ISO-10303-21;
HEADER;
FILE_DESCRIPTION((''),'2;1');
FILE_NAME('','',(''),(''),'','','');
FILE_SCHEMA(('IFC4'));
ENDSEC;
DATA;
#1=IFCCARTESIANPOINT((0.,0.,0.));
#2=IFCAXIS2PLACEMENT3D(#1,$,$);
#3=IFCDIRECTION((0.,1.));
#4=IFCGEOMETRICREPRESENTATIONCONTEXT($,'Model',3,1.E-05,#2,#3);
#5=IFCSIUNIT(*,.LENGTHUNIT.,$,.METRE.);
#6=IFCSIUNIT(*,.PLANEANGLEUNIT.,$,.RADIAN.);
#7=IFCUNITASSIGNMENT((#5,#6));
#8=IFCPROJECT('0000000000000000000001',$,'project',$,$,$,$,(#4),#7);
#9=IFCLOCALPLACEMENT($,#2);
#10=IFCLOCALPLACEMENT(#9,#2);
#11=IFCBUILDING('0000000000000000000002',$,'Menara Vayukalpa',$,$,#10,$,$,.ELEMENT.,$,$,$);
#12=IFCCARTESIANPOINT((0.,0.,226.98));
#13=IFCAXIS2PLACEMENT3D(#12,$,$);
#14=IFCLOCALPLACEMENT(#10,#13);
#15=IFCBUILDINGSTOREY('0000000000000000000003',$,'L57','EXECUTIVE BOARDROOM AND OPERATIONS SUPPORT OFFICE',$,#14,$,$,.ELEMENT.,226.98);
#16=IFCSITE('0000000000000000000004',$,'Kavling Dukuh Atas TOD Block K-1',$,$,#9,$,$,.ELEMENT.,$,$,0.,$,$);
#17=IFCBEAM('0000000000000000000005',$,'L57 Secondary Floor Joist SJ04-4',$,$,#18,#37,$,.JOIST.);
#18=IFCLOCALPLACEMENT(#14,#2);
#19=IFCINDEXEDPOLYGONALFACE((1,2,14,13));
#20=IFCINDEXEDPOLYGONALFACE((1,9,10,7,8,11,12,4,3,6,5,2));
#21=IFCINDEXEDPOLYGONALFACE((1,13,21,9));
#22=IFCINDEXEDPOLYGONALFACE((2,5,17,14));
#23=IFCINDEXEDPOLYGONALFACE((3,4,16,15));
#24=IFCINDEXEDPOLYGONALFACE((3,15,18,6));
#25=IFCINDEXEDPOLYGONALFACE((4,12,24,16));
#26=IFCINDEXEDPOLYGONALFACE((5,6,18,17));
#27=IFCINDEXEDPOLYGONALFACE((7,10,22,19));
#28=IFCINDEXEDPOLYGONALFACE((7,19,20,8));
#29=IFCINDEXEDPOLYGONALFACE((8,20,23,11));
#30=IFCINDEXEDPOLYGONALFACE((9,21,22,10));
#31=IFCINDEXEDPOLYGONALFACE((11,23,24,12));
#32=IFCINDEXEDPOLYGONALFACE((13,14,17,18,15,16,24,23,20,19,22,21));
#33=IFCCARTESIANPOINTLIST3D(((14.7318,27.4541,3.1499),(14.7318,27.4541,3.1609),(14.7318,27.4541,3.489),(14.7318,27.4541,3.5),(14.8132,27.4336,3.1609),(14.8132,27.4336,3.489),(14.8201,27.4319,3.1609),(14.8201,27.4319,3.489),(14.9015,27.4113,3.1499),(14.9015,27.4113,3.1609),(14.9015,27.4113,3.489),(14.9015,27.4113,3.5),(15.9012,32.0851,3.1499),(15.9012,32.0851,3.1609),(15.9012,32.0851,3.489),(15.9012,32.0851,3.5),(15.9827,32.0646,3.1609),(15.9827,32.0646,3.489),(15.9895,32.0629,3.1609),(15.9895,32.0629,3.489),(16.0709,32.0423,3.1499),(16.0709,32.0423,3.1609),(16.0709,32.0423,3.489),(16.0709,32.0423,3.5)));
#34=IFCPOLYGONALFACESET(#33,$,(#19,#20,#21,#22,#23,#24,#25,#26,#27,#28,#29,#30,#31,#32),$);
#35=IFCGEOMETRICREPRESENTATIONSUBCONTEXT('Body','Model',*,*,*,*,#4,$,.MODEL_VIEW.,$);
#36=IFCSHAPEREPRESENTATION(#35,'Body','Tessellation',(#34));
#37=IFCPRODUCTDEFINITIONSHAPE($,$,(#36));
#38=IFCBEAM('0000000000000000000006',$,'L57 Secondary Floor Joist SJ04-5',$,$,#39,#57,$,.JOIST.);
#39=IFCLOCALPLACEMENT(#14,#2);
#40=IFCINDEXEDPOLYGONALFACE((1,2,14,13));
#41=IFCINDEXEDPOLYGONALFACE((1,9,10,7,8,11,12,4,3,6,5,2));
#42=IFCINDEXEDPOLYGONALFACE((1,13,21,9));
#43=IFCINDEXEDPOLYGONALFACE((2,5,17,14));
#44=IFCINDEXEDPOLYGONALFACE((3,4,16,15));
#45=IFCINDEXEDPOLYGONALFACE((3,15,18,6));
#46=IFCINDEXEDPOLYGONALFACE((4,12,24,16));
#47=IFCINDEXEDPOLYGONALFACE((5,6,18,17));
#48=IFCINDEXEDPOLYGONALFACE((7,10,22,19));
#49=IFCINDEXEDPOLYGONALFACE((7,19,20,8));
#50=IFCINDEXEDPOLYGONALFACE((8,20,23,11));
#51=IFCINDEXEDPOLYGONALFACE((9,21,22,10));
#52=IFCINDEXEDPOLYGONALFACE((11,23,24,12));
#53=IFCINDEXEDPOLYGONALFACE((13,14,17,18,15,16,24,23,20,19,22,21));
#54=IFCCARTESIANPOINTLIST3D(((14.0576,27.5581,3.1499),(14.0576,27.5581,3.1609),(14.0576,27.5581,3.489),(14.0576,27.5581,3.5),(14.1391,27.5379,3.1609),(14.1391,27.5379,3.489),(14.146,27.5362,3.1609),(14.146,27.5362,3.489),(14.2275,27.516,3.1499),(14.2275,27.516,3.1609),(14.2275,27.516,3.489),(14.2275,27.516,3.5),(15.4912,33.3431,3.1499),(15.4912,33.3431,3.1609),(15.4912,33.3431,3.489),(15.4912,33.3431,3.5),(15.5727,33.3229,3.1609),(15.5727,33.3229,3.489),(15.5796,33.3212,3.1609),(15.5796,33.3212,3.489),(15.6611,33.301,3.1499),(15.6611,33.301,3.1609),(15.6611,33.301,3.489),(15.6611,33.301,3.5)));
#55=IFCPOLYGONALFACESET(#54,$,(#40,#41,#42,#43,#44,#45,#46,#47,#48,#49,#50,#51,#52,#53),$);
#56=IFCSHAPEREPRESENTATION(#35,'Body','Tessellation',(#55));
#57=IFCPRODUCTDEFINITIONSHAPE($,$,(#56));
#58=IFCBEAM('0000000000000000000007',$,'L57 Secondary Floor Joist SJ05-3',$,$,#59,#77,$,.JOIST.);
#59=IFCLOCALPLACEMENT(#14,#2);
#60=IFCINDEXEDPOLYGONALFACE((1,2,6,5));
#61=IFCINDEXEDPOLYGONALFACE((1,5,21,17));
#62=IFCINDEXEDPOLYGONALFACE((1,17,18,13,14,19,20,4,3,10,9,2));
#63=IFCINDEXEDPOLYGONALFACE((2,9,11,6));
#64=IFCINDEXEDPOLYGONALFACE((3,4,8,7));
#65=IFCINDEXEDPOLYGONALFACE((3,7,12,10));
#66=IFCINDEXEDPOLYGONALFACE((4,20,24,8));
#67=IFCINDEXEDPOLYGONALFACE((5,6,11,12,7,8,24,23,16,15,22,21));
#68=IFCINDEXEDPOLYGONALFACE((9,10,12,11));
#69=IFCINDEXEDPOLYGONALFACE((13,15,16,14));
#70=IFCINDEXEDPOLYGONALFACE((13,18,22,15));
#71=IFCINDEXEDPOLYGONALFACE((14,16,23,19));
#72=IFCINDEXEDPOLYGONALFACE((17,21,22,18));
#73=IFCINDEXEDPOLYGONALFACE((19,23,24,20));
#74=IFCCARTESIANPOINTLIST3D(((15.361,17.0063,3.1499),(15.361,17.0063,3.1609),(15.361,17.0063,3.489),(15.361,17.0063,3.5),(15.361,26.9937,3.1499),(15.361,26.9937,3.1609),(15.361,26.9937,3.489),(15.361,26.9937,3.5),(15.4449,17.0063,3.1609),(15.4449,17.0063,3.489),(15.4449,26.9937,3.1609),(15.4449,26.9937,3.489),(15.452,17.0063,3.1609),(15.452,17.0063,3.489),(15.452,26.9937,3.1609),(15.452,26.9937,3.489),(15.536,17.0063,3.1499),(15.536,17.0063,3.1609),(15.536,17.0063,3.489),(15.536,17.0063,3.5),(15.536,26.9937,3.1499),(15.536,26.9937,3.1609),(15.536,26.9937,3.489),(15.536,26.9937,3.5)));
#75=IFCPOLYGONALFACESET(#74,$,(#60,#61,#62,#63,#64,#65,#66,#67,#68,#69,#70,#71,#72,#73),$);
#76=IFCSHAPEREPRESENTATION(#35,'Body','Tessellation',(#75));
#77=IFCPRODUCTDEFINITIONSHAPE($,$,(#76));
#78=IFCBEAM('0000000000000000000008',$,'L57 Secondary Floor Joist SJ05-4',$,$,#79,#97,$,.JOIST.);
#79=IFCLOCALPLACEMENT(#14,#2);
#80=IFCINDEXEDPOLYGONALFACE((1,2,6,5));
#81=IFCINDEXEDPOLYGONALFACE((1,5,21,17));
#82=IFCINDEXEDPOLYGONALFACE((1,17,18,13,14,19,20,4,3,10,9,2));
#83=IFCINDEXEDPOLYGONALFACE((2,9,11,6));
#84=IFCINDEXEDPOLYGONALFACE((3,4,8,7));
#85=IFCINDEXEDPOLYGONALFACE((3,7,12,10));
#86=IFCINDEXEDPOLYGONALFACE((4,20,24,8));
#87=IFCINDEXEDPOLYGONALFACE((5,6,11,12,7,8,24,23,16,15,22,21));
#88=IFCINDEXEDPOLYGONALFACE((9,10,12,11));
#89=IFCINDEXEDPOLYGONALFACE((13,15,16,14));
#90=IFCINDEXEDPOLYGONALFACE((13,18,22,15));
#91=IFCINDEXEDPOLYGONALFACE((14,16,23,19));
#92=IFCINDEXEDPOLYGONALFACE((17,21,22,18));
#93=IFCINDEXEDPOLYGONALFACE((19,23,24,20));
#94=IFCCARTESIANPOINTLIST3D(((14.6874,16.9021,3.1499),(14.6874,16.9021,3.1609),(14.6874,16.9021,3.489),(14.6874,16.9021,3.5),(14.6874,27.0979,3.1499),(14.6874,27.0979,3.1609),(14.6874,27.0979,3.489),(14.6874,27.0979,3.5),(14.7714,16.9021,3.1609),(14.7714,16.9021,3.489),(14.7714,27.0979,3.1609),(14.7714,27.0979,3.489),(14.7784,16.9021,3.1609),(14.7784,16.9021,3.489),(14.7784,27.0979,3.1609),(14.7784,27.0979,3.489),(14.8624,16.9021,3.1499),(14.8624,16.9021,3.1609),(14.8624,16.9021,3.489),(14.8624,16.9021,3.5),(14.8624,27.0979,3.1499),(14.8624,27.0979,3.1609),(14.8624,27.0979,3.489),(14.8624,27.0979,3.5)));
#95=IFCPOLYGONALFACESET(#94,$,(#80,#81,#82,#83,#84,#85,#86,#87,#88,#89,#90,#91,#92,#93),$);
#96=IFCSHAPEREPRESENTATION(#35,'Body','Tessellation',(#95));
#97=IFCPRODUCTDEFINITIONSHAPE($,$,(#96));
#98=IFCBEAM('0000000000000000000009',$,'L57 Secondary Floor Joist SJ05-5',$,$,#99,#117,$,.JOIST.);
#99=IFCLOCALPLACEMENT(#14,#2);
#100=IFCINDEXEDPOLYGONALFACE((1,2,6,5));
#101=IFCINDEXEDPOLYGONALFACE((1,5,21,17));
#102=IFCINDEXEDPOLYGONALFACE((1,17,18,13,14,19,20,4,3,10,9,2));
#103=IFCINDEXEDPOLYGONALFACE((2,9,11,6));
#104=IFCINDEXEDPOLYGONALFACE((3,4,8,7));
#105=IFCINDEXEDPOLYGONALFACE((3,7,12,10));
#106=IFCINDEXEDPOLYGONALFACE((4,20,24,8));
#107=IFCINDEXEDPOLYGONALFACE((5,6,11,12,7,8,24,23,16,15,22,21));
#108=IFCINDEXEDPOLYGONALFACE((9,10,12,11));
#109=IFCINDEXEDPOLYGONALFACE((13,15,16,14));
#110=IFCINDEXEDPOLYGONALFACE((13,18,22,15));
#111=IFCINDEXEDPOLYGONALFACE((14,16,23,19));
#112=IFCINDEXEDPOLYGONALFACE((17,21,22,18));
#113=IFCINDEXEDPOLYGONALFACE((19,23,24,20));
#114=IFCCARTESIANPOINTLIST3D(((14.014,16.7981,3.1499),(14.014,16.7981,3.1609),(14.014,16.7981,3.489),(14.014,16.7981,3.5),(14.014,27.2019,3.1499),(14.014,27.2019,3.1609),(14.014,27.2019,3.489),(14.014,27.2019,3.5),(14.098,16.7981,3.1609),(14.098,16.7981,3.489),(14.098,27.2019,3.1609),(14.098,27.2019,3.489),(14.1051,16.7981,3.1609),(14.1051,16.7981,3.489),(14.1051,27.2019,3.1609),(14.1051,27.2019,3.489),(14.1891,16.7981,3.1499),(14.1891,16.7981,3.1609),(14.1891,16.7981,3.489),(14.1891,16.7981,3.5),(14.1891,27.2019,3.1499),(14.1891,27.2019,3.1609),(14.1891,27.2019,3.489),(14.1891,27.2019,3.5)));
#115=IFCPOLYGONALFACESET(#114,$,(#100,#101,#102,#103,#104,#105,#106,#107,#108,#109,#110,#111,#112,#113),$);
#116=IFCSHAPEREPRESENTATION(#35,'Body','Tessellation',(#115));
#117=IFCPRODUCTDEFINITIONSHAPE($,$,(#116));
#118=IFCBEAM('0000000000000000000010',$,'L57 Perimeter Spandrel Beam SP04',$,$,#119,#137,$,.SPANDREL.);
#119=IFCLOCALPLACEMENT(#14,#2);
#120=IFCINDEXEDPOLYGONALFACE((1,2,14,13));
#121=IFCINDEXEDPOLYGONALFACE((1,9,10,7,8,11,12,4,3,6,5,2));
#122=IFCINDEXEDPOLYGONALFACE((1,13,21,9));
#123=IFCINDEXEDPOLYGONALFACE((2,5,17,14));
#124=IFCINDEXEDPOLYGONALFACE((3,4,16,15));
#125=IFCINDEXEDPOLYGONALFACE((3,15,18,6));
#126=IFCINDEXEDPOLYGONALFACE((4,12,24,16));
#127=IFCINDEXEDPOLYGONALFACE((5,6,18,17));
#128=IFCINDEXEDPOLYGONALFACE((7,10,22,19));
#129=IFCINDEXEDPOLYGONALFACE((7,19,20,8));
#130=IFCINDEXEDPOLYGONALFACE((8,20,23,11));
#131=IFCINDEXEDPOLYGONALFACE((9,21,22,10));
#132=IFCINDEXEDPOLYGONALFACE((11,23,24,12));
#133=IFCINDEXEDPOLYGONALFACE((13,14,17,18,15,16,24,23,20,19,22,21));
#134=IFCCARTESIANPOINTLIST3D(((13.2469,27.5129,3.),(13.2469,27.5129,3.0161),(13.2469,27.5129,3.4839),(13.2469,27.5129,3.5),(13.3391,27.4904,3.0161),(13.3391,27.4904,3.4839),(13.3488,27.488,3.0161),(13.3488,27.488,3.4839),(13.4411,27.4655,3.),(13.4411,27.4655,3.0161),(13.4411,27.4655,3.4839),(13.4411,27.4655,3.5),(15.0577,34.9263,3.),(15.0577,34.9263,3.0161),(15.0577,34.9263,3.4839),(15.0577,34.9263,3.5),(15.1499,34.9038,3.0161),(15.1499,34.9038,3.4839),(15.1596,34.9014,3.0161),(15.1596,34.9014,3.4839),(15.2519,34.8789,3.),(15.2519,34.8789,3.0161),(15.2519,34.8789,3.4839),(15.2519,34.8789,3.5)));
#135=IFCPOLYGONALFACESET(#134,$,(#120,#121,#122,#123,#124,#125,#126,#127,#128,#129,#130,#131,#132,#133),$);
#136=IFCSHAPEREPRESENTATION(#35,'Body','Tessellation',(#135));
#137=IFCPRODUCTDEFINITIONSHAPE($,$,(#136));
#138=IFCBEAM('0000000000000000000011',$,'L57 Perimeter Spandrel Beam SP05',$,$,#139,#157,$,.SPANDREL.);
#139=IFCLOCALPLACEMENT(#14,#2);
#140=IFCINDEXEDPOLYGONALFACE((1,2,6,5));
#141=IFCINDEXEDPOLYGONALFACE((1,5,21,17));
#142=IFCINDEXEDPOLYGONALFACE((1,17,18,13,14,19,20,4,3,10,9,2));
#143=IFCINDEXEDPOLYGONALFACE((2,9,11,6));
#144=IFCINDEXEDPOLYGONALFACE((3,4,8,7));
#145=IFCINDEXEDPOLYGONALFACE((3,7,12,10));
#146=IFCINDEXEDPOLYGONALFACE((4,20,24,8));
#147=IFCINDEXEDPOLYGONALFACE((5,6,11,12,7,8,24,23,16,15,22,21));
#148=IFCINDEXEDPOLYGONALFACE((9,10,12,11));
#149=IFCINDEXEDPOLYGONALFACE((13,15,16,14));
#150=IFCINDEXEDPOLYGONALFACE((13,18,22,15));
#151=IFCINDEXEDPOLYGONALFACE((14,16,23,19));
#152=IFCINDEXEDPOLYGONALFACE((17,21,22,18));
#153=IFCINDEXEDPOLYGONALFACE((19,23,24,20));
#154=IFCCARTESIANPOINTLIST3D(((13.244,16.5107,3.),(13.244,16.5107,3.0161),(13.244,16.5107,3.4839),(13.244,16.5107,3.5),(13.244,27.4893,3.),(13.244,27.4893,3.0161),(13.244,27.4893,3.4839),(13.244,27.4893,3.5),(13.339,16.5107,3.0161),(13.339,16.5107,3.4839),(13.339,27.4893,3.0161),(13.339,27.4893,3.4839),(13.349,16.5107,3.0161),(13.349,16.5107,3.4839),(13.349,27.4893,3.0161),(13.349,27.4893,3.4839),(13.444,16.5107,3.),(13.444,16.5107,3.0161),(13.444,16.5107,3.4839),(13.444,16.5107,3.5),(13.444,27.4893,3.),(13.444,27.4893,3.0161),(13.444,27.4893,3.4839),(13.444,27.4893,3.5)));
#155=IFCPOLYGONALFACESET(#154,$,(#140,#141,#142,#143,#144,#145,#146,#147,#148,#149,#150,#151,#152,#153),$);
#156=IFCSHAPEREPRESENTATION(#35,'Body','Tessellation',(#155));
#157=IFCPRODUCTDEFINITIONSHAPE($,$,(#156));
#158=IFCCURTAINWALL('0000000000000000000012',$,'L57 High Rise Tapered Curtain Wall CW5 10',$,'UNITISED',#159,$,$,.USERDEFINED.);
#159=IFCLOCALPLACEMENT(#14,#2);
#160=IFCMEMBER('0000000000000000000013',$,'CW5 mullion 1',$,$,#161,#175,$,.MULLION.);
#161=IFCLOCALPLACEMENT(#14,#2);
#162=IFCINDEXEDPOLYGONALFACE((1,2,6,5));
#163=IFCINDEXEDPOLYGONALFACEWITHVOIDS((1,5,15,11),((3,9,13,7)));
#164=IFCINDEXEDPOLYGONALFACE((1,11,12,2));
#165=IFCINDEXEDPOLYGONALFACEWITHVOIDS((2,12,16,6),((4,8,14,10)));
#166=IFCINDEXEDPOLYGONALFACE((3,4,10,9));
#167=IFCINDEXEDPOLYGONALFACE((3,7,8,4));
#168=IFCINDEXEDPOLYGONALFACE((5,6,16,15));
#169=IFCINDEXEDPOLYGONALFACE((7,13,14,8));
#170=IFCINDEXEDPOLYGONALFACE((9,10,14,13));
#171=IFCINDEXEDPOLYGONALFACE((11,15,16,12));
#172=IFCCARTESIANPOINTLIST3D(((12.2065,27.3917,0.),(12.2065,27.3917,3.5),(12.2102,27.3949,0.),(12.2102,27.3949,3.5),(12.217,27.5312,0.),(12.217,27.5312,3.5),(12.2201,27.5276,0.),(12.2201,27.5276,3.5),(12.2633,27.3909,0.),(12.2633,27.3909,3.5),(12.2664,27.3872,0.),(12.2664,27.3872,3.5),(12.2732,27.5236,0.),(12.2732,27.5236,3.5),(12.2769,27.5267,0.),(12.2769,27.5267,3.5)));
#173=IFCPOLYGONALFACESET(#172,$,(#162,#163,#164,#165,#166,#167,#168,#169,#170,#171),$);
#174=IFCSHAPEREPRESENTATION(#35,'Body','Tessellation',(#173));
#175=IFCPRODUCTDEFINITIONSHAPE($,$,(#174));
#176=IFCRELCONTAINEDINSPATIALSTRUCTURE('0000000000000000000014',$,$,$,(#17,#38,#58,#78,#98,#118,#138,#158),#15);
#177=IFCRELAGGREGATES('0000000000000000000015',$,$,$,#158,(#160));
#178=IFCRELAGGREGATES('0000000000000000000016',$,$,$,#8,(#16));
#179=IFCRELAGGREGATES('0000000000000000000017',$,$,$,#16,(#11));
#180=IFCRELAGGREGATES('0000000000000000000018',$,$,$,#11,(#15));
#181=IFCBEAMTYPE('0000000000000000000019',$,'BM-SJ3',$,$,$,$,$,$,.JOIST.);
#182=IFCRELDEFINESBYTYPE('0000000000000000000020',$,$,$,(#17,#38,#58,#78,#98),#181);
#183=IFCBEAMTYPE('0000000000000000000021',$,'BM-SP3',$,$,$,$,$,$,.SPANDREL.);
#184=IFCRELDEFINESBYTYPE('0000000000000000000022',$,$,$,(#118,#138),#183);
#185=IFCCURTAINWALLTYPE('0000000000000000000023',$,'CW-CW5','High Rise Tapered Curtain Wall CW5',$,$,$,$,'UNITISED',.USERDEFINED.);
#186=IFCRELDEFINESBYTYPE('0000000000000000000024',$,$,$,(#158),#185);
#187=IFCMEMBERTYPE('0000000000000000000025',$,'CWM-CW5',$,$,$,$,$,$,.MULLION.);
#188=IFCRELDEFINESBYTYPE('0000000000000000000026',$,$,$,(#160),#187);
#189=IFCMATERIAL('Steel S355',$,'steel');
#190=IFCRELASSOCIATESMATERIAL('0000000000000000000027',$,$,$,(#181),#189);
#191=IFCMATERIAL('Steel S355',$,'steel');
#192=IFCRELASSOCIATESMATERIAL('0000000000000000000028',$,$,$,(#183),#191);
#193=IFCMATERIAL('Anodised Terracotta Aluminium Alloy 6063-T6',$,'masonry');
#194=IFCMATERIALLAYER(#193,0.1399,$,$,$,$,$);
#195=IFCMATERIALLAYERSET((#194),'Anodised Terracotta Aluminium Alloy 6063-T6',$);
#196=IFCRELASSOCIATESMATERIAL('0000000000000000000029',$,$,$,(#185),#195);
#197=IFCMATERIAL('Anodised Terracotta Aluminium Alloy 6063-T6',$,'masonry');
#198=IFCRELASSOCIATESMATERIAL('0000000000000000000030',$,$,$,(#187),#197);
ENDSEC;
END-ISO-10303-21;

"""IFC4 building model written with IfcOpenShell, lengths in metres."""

from ifc_helpers import new_model, si_unit, direction, frame, origin, origin_2d, place, context, subcontext, project, spatial, hollow_rectangle, i_section, extrude, material, layer, layer_set, material_profile, profile_set, type_object, element, aggregate, save


model = new_model("IFC4")

# Units and contexts
model_context = context("Model", 3, precision=1e-05, world=origin(), true_north=direction((0.0, 1.0)))
body_context = subcontext(model_context, "Body", "Model", "MODEL_VIEW")
ifc_project = project(units=[si_unit("LENGTHUNIT", "METRE"), si_unit("PLANEANGLEUNIT", "RADIAN")], contexts=[model_context])

# Site, building, storey
site_placement = place(None, origin())
site = spatial("IfcSite", under=ifc_project, at=site_placement, Name="Kavling Dukuh Atas TOD Block K-1", CompositionType="ELEMENT", RefElevation=0.0)
building_placement = place(site_placement, origin())
building = spatial("IfcBuilding", under=site, at=building_placement, Name="Menara Vayukalpa", CompositionType="ELEMENT")
storey_placement = place(building_placement, frame((0.0, 0.0, 226.98)))
storey = spatial("IfcBuildingStorey", under=building, at=storey_placement, Name="L57", Description="EXECUTIVE BOARDROOM AND OPERATIONS SUPPORT OFFICE", CompositionType="ELEMENT", Elevation=226.98)

# Beams
ifc_material_1 = material(Name="Steel S355", Category="steel")
ifc_material_profile_1 = material_profile(ifc_material_1, i_section(OverallWidth=0.175, OverallDepth=0.3501, WebThickness=0.0071, FlangeThickness=0.011, at=origin_2d()), Name="WF 350x175x7x11")
ifc_profile_set_1 = profile_set([ifc_material_profile_1], Name="Steel S355")
beam_type_1 = type_object("IfcBeamType", Name="BM-SJ3", PredefinedType="JOIST", material=ifc_profile_set_1)
beam_1_placement = place(storey_placement, frame((15.9861, 32.0637, 3.325), z_axis=(-0.244832, -0.969566, 0.0), x_axis=(0.969566, -0.244832, 0.0)))
element("IfcBeam", 1, at=beam_1_placement, inside=storey, type_object=beam_type_1, Name="L57 Secondary Floor Joist SJ04-4", PredefinedType="JOIST", context=body_context, shape_type="SweptSolid", body=[
    extrude(i_section(OverallWidth=0.175, OverallDepth=0.3501, WebThickness=0.0071, FlangeThickness=0.011, at=origin_2d()), origin(), (0.0, 0.0, 1.0), 4.7764),
])
beam_2_placement = place(storey_placement, frame((15.5762, 33.322, 3.325), z_axis=(-0.24054, -0.970639, 0.0), x_axis=(0.970639, -0.24054, 0.0)))
element("IfcBeam", 2, at=beam_2_placement, inside=storey, type_object=beam_type_1, Name="L57 Secondary Floor Joist SJ04-5", PredefinedType="JOIST", context=body_context, shape_type="SweptSolid", body=[
    extrude(i_section(OverallWidth=0.175, OverallDepth=0.3501, WebThickness=0.0071, FlangeThickness=0.011, at=origin_2d()), origin(), (0.0, 0.0, 1.0), 5.96),
])
beam_3_placement = place(storey_placement, frame((15.4485, 26.9937, 3.325), z_axis=(0.0, -1.0, 0.0), x_axis=(1.0, 0.0, 0.0)))
element("IfcBeam", 3, at=beam_3_placement, inside=storey, type_object=beam_type_1, Name="L57 Secondary Floor Joist SJ05-3", PredefinedType="JOIST", context=body_context, shape_type="SweptSolid", body=[
    extrude(i_section(OverallWidth=0.175, OverallDepth=0.3501, WebThickness=0.0071, FlangeThickness=0.011, at=origin_2d()), origin(), (0.0, 0.0, 1.0), 9.9873),
])
beam_4_placement = place(storey_placement, frame((14.7749, 27.0979, 3.325), z_axis=(0.0, -1.0, 0.0), x_axis=(1.0, 0.0, 0.0)))
element("IfcBeam", 4, at=beam_4_placement, inside=storey, type_object=beam_type_1, Name="L57 Secondary Floor Joist SJ05-4", PredefinedType="JOIST", context=body_context, shape_type="SweptSolid", body=[
    extrude(i_section(OverallWidth=0.175, OverallDepth=0.3501, WebThickness=0.0071, FlangeThickness=0.011, at=origin_2d()), origin(), (0.0, 0.0, 1.0), 10.1958),
])
beam_5_placement = place(storey_placement, frame((14.1016, 27.2019, 3.325), z_axis=(0.0, -1.0, 0.0), x_axis=(1.0, 0.0, 0.0)))
element("IfcBeam", 5, at=beam_5_placement, inside=storey, type_object=beam_type_1, Name="L57 Secondary Floor Joist SJ05-5", PredefinedType="JOIST", context=body_context, shape_type="SweptSolid", body=[
    extrude(i_section(OverallWidth=0.175, OverallDepth=0.3501, WebThickness=0.0071, FlangeThickness=0.011, at=origin_2d()), origin(), (0.0, 0.0, 1.0), 10.4038),
])
ifc_material_2 = material(Name="Steel S355", Category="steel")
ifc_material_profile_2 = material_profile(ifc_material_2, i_section(OverallWidth=0.2, OverallDepth=0.5, WebThickness=0.01, FlangeThickness=0.0161, at=origin_2d()), Name="WF 500x200x10x16")
ifc_profile_set_2 = profile_set([ifc_material_profile_2], Name="Steel S355")
beam_type_2 = type_object("IfcBeamType", Name="BM-SP3", PredefinedType="SPANDREL", material=ifc_profile_set_2)
beam_6_placement = place(storey_placement, frame((15.1548, 34.9026, 3.25), z_axis=(-0.237285, -0.97144, 0.0), x_axis=(0.97144, -0.237285, 0.0)))
element("IfcBeam", 6, at=beam_6_placement, inside=storey, type_object=beam_type_2, Name="L57 Perimeter Spandrel Beam SP04", PredefinedType="SPANDREL", context=body_context, shape_type="SweptSolid", body=[
    extrude(i_section(OverallWidth=0.2, OverallDepth=0.5, WebThickness=0.01, FlangeThickness=0.0161, at=origin_2d()), origin(), (0.0, 0.0, 1.0), 7.6313),
])
beam_7_placement = place(storey_placement, frame((13.344, 27.4893, 3.25), z_axis=(0.0, -1.0, 0.0), x_axis=(1.0, 0.0, 0.0)))
element("IfcBeam", 7, at=beam_7_placement, inside=storey, type_object=beam_type_2, Name="L57 Perimeter Spandrel Beam SP05", PredefinedType="SPANDREL", context=body_context, shape_type="SweptSolid", body=[
    extrude(i_section(OverallWidth=0.2, OverallDepth=0.5, WebThickness=0.01, FlangeThickness=0.0161, at=origin_2d()), origin(), (0.0, 0.0, 1.0), 10.9785),
])

# Curtain wall, member
ifc_material_3 = material(Name="Anodised Terracotta Aluminium Alloy 6063-T6", Category="masonry")
ifc_layer_1 = layer(ifc_material_3, 0.1399)
ifc_layer_set_1 = layer_set([ifc_layer_1], Name="Anodised Terracotta Aluminium Alloy 6063-T6")
curtain_wall_type = type_object("IfcCurtainWallType", Name="CW-CW5", Description="High Rise Tapered Curtain Wall CW5", ElementType="UNITISED", PredefinedType="USERDEFINED", material=ifc_layer_set_1)
curtain_wall_placement = place(storey_placement, origin())
curtain_wall = element("IfcCurtainWall", 8, at=curtain_wall_placement, inside=storey, type_object=curtain_wall_type, Name="L57 High Rise Tapered Curtain Wall CW5 10", ObjectType="UNITISED", PredefinedType="USERDEFINED")
ifc_material_4 = material(Name="Anodised Terracotta Aluminium Alloy 6063-T6", Category="masonry")
ifc_material_profile_3 = material_profile(ifc_material_4, hollow_rectangle(XDim=0.0601, YDim=0.1399, WallThickness=0.0034, at=origin_2d()), Name="ALU 60x140x3.5")
ifc_profile_set_3 = profile_set([ifc_material_profile_3], Name="Anodised Terracotta Aluminium Alloy 6063-T6")
member_type_1 = type_object("IfcMemberType", Name="CWM-CW5", PredefinedType="MULLION", material=ifc_profile_set_3)
member_1_placement = place(storey_placement, frame((12.2417, 27.4592, 0.0), z_axis=(0.0, 0.0, 1.0), x_axis=(0.997199, -0.074792, 0.0)))
member_1 = element("IfcMember", 9, at=member_1_placement, type_object=member_type_1, Name="CW5 mullion 1", PredefinedType="MULLION", context=body_context, shape_type="SweptSolid", body=[
    extrude(hollow_rectangle(XDim=0.0601, YDim=0.1399, WallThickness=0.0034, at=origin_2d()), origin(), (0.0, 0.0, 1.0), 3.5),
])
aggregate(curtain_wall, [member_1])

save(model, "model.ifc")
